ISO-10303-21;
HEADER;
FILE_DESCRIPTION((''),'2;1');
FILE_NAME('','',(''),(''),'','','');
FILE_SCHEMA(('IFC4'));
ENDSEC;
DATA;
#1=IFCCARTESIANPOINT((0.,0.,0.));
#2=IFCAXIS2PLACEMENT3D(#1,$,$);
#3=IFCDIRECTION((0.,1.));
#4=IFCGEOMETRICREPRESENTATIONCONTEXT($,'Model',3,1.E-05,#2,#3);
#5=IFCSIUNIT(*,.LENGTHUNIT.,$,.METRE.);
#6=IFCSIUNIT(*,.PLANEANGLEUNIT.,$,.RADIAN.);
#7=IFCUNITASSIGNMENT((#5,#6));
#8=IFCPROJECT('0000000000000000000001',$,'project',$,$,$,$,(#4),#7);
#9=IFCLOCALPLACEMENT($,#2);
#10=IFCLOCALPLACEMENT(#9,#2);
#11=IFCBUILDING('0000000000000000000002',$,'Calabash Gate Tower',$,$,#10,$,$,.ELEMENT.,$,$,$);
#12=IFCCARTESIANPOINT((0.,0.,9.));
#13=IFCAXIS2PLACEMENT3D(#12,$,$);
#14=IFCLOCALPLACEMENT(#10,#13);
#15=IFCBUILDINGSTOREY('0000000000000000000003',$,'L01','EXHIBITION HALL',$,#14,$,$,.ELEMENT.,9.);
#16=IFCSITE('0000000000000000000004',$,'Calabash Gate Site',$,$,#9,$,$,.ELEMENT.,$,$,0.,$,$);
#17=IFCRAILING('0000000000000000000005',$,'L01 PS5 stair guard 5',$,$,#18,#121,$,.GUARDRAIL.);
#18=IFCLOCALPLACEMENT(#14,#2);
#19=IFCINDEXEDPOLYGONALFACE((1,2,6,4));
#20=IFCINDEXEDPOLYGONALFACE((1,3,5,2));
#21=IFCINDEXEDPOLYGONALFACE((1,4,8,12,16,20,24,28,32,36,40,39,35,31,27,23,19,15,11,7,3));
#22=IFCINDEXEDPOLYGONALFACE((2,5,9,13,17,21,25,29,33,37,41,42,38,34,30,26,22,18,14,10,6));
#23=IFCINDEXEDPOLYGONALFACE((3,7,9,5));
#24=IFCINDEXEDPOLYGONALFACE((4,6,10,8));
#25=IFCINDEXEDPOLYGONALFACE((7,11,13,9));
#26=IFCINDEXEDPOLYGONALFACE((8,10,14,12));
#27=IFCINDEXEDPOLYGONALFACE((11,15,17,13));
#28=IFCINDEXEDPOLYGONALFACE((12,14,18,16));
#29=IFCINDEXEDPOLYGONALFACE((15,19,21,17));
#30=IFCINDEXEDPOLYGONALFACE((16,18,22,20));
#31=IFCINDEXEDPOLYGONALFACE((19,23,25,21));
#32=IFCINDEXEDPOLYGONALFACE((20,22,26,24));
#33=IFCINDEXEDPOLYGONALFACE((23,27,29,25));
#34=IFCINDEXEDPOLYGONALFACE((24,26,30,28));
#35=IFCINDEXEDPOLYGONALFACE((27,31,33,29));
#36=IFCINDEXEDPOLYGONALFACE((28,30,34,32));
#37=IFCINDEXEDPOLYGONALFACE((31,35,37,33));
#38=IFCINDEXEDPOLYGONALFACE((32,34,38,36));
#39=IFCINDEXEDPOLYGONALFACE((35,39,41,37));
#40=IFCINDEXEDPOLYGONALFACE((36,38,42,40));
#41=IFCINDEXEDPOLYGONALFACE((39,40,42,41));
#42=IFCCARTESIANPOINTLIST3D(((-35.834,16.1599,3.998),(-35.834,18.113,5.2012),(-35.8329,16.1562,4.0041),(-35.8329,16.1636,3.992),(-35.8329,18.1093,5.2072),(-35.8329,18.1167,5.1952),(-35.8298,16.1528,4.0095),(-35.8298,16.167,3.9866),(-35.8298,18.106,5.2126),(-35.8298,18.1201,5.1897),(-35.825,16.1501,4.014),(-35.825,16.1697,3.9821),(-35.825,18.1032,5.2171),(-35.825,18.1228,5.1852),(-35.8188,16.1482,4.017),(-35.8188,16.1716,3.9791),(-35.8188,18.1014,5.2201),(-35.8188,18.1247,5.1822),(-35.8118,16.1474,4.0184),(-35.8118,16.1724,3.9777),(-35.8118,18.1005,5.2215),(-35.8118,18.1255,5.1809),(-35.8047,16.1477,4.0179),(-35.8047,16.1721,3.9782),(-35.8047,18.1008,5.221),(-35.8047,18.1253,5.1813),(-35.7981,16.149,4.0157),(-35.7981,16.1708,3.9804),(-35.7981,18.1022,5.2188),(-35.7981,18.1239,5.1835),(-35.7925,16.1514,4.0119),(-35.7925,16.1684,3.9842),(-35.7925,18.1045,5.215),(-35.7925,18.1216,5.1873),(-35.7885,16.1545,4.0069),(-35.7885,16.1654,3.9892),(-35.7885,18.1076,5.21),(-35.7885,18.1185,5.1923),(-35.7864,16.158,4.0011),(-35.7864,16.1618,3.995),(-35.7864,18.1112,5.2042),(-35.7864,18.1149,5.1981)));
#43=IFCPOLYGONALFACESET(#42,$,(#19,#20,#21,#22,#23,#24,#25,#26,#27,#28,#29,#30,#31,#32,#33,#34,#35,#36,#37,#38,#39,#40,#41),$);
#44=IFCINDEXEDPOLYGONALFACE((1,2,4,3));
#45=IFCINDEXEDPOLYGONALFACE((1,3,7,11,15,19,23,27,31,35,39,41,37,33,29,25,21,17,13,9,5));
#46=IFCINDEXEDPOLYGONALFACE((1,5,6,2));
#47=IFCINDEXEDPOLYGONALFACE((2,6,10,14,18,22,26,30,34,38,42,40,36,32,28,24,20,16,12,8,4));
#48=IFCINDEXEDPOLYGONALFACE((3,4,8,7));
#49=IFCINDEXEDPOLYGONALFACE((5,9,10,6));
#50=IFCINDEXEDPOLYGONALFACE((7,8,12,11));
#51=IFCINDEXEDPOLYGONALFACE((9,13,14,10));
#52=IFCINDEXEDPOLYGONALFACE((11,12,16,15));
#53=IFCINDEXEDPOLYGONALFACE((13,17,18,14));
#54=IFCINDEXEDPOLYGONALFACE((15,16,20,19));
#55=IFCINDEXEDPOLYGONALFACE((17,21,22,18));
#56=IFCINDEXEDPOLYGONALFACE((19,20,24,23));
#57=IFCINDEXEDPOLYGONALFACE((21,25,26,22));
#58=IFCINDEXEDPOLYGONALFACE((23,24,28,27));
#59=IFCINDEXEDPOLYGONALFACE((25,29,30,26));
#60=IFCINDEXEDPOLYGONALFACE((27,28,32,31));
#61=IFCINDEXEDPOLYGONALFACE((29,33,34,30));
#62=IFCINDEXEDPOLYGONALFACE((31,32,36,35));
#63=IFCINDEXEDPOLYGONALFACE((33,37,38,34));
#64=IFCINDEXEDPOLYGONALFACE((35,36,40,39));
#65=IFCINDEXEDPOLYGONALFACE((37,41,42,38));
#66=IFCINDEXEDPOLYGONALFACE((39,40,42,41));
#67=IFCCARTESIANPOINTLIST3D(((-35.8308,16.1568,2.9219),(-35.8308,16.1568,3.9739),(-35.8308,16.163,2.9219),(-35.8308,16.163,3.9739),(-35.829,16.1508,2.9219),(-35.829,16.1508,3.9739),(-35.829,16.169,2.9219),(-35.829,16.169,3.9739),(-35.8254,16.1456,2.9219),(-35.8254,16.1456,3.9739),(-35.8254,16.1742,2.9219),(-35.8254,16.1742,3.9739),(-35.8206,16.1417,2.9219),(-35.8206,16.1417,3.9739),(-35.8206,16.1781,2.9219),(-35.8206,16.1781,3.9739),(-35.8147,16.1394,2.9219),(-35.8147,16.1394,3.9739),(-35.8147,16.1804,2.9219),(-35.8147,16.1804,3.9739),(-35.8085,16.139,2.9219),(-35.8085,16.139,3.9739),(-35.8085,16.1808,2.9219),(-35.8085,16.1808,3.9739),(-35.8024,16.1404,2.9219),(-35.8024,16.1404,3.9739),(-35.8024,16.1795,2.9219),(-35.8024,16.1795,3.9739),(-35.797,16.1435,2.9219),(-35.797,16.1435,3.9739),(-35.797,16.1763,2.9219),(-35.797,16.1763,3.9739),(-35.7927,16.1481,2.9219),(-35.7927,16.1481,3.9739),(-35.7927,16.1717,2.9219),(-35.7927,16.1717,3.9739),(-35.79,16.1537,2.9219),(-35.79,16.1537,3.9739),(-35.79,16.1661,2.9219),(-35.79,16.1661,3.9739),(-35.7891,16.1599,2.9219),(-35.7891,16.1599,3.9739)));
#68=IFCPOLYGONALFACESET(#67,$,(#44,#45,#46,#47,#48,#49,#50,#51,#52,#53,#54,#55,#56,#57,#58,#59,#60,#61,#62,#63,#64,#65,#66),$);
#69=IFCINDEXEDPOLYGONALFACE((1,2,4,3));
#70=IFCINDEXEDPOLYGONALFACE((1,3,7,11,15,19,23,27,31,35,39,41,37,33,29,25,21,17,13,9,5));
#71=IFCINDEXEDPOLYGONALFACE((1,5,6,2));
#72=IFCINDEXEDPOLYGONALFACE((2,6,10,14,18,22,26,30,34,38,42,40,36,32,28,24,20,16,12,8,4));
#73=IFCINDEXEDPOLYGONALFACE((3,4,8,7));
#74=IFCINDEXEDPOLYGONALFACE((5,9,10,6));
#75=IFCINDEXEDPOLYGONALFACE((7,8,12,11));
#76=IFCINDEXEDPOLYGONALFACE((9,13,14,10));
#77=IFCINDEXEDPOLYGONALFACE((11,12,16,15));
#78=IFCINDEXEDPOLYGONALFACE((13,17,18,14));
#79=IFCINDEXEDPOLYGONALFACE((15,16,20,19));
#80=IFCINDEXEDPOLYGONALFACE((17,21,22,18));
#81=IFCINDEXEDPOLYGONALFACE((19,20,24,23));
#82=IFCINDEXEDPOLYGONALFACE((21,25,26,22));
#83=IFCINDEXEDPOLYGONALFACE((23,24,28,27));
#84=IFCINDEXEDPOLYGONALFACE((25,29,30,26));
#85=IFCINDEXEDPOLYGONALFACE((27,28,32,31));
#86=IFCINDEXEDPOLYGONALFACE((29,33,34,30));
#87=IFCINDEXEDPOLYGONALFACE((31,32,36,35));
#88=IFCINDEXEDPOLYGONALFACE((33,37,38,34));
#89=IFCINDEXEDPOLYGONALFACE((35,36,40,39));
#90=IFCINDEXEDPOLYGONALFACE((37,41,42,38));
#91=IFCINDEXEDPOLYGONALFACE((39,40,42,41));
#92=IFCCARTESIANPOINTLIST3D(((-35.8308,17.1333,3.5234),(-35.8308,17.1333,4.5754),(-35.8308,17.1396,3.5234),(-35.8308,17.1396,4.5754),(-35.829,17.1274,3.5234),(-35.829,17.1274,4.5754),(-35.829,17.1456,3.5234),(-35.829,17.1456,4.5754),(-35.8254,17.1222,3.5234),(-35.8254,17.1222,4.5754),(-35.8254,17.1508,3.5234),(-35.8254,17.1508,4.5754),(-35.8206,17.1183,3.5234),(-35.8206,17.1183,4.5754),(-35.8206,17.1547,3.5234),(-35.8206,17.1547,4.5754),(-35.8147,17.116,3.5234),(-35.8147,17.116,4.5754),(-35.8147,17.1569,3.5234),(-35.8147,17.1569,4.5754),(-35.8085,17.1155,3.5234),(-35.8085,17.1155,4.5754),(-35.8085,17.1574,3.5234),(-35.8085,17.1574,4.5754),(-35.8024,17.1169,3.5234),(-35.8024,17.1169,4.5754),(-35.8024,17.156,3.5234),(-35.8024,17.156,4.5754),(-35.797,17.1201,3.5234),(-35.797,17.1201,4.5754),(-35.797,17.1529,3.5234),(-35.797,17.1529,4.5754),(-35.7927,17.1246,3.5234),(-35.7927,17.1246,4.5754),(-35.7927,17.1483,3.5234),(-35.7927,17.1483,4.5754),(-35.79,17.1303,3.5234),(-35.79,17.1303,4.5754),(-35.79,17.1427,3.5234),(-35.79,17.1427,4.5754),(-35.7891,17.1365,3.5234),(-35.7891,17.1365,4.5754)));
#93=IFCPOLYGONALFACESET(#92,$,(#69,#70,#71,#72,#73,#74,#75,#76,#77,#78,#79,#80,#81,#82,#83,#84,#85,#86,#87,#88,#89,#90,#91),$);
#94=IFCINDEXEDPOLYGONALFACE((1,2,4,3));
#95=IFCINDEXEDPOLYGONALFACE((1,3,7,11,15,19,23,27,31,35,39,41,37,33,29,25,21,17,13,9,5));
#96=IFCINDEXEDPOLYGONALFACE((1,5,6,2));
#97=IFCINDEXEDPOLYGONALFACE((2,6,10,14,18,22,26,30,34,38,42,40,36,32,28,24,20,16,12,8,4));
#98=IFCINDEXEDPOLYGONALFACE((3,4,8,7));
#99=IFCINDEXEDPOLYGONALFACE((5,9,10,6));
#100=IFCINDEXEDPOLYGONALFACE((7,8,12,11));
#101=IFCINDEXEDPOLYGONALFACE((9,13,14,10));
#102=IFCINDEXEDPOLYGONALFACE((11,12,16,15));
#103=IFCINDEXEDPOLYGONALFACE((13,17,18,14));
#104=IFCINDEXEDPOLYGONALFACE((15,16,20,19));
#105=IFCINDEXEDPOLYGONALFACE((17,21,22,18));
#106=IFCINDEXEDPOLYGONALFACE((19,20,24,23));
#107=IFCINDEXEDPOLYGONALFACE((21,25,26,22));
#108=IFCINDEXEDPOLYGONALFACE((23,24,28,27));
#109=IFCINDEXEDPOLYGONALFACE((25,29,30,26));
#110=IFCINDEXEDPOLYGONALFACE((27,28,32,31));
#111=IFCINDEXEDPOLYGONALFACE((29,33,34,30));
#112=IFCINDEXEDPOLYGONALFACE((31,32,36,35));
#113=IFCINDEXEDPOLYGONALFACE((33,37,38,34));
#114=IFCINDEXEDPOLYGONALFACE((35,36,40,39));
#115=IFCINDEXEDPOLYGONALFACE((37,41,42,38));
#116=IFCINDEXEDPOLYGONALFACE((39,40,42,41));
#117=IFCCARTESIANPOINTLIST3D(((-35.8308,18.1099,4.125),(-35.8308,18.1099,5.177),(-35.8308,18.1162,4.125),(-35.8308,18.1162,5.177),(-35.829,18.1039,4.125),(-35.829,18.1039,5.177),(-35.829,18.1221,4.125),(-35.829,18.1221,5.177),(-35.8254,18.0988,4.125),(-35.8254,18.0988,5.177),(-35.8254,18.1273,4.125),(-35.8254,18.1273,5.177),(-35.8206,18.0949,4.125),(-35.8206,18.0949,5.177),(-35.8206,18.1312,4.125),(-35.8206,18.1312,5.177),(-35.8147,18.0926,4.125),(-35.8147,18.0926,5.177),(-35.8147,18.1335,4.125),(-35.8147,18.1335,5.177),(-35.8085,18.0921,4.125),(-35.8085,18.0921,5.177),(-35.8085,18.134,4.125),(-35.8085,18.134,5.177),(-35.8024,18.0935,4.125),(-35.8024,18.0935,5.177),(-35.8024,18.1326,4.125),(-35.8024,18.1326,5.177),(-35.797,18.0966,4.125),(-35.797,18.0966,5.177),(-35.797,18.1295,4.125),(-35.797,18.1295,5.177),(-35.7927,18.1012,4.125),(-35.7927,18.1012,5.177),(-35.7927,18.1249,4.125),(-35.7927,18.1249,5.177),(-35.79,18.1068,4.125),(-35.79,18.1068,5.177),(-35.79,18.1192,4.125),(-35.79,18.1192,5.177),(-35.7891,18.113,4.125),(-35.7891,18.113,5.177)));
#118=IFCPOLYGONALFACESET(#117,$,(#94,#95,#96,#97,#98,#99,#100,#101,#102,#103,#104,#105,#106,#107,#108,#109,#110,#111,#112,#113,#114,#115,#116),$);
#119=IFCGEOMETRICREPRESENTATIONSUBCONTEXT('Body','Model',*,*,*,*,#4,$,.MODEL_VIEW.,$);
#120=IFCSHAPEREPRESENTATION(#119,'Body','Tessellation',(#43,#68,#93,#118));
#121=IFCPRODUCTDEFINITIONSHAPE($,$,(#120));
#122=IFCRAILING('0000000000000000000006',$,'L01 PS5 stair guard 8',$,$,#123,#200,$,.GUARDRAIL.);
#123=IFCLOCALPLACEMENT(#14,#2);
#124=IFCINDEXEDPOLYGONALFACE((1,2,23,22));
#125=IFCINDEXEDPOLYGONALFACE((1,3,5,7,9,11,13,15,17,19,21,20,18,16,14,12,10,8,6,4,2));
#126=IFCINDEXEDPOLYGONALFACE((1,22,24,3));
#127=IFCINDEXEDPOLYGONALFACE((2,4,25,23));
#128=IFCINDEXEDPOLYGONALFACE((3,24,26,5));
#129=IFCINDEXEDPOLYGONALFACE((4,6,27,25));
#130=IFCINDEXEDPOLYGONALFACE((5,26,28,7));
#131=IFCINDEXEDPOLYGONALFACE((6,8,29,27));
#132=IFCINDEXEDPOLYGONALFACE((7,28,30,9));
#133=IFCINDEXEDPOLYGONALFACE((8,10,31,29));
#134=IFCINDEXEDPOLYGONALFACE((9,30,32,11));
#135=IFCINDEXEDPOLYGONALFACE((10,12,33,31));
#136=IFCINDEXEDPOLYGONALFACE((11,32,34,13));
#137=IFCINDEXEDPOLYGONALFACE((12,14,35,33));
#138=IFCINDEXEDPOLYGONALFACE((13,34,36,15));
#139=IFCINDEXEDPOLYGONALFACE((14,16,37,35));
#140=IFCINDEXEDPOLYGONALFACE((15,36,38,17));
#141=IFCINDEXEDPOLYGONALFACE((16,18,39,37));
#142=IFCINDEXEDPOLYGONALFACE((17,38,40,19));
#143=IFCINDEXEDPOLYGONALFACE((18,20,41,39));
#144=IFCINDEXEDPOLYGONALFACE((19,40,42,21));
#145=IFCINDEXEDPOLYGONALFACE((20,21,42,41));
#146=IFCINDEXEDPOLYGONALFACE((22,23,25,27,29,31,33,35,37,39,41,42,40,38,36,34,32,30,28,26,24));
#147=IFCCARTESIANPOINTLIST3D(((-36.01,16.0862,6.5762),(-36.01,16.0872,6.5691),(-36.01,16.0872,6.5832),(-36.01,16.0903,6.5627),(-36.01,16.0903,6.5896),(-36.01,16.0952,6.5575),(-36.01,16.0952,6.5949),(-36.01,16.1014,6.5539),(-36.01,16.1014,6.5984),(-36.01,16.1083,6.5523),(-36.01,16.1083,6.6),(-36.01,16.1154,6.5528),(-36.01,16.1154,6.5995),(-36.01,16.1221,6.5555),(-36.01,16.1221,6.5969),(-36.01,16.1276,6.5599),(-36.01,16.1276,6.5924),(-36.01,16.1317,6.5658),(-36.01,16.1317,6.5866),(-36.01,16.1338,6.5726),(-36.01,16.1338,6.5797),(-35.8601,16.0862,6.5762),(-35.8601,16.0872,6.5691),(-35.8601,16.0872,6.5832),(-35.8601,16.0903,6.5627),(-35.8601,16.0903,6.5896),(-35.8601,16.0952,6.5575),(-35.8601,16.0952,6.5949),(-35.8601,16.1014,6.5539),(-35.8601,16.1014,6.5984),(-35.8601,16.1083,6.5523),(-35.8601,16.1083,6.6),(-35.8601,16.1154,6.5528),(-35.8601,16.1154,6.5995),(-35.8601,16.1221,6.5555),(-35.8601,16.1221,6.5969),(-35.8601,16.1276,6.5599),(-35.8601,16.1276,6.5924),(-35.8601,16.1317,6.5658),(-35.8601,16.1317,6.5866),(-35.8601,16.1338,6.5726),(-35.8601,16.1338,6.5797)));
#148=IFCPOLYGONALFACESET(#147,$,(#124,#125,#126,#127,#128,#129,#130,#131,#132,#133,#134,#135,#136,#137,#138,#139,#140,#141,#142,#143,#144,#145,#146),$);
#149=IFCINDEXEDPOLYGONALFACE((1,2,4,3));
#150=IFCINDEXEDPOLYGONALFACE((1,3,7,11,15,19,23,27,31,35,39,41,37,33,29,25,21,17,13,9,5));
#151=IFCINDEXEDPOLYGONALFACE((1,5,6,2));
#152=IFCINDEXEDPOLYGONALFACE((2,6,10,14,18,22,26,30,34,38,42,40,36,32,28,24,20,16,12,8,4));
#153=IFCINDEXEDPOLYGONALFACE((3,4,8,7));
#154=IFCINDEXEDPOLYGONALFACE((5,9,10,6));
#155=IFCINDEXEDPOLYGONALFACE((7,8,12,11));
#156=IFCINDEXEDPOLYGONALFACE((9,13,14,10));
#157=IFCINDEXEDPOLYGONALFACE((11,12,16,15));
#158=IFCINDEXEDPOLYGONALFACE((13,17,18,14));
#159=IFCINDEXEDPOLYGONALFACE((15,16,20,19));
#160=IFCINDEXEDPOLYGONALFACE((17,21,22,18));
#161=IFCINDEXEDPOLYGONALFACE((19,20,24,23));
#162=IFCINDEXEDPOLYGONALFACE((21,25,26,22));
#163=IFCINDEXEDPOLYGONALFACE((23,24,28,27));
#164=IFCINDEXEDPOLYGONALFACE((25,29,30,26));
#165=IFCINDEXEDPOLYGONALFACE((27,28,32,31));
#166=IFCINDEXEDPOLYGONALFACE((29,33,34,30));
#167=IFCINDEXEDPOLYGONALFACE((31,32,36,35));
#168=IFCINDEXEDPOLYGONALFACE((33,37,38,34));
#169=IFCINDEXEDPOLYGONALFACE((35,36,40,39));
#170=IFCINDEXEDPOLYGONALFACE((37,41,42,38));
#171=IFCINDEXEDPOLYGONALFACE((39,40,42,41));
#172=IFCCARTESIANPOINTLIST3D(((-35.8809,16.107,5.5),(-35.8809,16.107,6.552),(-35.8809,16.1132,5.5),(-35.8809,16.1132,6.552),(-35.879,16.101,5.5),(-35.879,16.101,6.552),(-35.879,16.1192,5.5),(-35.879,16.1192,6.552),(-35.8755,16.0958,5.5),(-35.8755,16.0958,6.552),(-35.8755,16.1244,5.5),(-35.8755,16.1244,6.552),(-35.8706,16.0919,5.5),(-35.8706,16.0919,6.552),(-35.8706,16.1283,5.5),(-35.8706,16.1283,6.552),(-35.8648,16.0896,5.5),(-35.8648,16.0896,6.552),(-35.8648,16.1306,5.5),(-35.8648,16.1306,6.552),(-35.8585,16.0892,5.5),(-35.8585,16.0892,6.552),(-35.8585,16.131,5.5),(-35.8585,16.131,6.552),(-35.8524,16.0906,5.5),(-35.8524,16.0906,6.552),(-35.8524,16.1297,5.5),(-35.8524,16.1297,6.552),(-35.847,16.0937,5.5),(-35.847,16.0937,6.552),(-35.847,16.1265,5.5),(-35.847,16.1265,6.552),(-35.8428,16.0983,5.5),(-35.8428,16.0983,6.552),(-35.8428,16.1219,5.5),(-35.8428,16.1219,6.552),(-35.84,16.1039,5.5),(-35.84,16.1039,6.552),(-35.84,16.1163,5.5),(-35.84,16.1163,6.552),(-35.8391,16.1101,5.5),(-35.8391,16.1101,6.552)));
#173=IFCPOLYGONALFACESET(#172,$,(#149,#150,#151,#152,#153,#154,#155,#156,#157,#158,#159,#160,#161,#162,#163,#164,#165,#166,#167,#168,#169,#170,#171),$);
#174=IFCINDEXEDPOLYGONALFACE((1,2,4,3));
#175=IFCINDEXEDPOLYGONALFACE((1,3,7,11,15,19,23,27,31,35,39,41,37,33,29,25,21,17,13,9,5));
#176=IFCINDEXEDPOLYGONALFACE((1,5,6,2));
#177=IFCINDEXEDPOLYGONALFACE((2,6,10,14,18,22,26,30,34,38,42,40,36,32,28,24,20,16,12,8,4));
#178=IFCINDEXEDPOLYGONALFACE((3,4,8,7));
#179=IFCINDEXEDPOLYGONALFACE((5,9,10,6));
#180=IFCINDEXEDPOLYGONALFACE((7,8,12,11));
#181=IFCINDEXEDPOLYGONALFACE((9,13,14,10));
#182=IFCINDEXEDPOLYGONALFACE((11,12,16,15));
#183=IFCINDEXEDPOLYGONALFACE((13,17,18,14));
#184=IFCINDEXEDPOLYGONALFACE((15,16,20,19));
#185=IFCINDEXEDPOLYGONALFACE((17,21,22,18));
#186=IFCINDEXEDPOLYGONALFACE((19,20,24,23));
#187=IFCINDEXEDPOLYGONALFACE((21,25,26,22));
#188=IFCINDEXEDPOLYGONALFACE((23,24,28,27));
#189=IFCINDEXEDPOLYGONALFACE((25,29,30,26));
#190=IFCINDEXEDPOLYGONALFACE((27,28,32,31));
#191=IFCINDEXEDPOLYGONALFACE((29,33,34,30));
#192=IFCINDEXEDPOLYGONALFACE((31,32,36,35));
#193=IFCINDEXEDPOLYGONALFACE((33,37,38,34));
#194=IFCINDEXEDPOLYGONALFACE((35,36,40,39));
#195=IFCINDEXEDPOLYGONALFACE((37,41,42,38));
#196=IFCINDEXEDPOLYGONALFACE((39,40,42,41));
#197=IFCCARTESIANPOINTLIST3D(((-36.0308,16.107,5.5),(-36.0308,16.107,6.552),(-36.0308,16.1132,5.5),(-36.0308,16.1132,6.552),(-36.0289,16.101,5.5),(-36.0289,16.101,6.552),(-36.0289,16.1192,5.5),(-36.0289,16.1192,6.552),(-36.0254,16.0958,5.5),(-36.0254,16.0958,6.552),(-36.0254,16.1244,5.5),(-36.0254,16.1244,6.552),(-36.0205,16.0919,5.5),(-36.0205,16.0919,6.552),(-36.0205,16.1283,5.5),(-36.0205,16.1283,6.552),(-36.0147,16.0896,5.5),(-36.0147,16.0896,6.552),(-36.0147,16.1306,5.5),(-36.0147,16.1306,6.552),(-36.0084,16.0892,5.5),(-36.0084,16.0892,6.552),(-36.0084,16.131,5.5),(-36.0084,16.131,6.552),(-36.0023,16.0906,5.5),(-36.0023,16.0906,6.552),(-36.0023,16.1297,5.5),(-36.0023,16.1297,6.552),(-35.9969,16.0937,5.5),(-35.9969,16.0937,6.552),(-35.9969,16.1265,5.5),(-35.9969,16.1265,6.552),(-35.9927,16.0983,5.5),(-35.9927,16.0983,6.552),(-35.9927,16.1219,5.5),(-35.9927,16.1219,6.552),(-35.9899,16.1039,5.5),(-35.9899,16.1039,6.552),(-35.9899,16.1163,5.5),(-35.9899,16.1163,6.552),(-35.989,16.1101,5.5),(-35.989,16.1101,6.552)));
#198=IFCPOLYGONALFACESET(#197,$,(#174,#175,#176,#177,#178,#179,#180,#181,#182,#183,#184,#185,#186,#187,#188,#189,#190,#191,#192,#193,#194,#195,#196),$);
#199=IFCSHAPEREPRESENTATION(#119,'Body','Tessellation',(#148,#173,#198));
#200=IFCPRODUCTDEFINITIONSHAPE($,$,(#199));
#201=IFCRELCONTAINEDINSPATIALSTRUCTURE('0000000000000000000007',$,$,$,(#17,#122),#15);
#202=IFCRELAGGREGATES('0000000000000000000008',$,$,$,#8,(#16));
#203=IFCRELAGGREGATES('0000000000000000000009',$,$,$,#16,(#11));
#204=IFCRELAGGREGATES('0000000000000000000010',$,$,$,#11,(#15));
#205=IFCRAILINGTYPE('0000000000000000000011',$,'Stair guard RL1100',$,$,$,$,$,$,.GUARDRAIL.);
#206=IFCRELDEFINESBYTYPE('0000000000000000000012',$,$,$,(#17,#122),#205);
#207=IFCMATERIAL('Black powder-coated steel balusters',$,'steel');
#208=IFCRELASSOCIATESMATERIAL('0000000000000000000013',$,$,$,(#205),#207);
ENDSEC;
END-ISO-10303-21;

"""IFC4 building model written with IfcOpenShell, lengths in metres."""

from ifc_helpers import new_model, si_unit, direction, frame, origin, origin_2d, place, context, subcontext, project, spatial, circle, extrude, material, type_object, element, save


model = new_model("IFC4")

# Units and contexts
model_context = context("Model", 3, precision=1e-05, world=origin(), true_north=direction((0.0, 1.0)))
body_context = subcontext(model_context, "Body", "Model", "MODEL_VIEW")
ifc_project = project(units=[si_unit("LENGTHUNIT", "METRE"), si_unit("PLANEANGLEUNIT", "RADIAN")], contexts=[model_context])

# Site, building, storey
site_placement = place(None, origin())
site = spatial("IfcSite", under=ifc_project, at=site_placement, Name="Calabash Gate Site", CompositionType="ELEMENT", RefElevation=0.0)
building_placement = place(site_placement, origin())
building = spatial("IfcBuilding", under=site, at=building_placement, Name="Calabash Gate Tower", CompositionType="ELEMENT")
storey_placement = place(building_placement, frame((0.0, 0.0, 9.0)))
storey = spatial("IfcBuildingStorey", under=building, at=storey_placement, Name="L01", Description="EXHIBITION HALL", CompositionType="ELEMENT", Elevation=9.0)

# Railings
ifc_material_1 = material(Name="Black powder-coated steel balusters", Category="steel")
railing_type_1 = type_object("IfcRailingType", Name="Stair guard RL1100", PredefinedType="GUARDRAIL", material=ifc_material_1)
railing_1_placement = place(storey_placement, frame((-35.8101, 16.1599, 2.9219)))
element("IfcRailing", 1, at=railing_1_placement, inside=storey, type_object=railing_type_1, Name="L01 PS5 stair guard 5", PredefinedType="GUARDRAIL", context=body_context, shape_type="SweptSolid", body=[
    extrude(circle(Radius=0.0239, at=origin_2d()), frame((0.0, 0.0, 1.0762), z_axis=(0.0, 0.851424, 0.524477), x_axis=(-1.0, 0.0, 0.0)), (0.0, 0.0, 1.0), 2.2939),
    extrude(circle(Radius=0.021, at=origin_2d()), origin(), (0.0, 0.0, 1.0), 1.052),
    extrude(circle(Radius=0.021, at=origin_2d()), frame((0.0, 0.9766, 0.6016)), (0.0, 0.0, 1.0), 1.052),
    extrude(circle(Radius=0.021, at=origin_2d()), frame((0.0, 1.9531, 1.2031)), (0.0, 0.0, 1.0), 1.052),
])
railing_2_placement = place(storey_placement, frame((-35.8601, 16.1101, 5.5)))
element("IfcRailing", 2, at=railing_2_placement, inside=storey, type_object=railing_type_1, Name="L01 PS5 stair guard 8", PredefinedType="GUARDRAIL", context=body_context, shape_type="SweptSolid", body=[
    extrude(circle(Radius=0.0239, at=origin_2d()), frame((0.0, 0.0, 1.0762), z_axis=(-1.0, 0.0, 0.0), x_axis=(0.0, -1.0, 0.0)), (0.0, 0.0, 1.0), 0.1499),
    extrude(circle(Radius=0.021, at=origin_2d()), origin(), (0.0, 0.0, 1.0), 1.052),
    extrude(circle(Radius=0.021, at=origin_2d()), frame((-0.1499, 0.0, 0.0)), (0.0, 0.0, 1.0), 1.052),
])

save(model, "model.ifc")
